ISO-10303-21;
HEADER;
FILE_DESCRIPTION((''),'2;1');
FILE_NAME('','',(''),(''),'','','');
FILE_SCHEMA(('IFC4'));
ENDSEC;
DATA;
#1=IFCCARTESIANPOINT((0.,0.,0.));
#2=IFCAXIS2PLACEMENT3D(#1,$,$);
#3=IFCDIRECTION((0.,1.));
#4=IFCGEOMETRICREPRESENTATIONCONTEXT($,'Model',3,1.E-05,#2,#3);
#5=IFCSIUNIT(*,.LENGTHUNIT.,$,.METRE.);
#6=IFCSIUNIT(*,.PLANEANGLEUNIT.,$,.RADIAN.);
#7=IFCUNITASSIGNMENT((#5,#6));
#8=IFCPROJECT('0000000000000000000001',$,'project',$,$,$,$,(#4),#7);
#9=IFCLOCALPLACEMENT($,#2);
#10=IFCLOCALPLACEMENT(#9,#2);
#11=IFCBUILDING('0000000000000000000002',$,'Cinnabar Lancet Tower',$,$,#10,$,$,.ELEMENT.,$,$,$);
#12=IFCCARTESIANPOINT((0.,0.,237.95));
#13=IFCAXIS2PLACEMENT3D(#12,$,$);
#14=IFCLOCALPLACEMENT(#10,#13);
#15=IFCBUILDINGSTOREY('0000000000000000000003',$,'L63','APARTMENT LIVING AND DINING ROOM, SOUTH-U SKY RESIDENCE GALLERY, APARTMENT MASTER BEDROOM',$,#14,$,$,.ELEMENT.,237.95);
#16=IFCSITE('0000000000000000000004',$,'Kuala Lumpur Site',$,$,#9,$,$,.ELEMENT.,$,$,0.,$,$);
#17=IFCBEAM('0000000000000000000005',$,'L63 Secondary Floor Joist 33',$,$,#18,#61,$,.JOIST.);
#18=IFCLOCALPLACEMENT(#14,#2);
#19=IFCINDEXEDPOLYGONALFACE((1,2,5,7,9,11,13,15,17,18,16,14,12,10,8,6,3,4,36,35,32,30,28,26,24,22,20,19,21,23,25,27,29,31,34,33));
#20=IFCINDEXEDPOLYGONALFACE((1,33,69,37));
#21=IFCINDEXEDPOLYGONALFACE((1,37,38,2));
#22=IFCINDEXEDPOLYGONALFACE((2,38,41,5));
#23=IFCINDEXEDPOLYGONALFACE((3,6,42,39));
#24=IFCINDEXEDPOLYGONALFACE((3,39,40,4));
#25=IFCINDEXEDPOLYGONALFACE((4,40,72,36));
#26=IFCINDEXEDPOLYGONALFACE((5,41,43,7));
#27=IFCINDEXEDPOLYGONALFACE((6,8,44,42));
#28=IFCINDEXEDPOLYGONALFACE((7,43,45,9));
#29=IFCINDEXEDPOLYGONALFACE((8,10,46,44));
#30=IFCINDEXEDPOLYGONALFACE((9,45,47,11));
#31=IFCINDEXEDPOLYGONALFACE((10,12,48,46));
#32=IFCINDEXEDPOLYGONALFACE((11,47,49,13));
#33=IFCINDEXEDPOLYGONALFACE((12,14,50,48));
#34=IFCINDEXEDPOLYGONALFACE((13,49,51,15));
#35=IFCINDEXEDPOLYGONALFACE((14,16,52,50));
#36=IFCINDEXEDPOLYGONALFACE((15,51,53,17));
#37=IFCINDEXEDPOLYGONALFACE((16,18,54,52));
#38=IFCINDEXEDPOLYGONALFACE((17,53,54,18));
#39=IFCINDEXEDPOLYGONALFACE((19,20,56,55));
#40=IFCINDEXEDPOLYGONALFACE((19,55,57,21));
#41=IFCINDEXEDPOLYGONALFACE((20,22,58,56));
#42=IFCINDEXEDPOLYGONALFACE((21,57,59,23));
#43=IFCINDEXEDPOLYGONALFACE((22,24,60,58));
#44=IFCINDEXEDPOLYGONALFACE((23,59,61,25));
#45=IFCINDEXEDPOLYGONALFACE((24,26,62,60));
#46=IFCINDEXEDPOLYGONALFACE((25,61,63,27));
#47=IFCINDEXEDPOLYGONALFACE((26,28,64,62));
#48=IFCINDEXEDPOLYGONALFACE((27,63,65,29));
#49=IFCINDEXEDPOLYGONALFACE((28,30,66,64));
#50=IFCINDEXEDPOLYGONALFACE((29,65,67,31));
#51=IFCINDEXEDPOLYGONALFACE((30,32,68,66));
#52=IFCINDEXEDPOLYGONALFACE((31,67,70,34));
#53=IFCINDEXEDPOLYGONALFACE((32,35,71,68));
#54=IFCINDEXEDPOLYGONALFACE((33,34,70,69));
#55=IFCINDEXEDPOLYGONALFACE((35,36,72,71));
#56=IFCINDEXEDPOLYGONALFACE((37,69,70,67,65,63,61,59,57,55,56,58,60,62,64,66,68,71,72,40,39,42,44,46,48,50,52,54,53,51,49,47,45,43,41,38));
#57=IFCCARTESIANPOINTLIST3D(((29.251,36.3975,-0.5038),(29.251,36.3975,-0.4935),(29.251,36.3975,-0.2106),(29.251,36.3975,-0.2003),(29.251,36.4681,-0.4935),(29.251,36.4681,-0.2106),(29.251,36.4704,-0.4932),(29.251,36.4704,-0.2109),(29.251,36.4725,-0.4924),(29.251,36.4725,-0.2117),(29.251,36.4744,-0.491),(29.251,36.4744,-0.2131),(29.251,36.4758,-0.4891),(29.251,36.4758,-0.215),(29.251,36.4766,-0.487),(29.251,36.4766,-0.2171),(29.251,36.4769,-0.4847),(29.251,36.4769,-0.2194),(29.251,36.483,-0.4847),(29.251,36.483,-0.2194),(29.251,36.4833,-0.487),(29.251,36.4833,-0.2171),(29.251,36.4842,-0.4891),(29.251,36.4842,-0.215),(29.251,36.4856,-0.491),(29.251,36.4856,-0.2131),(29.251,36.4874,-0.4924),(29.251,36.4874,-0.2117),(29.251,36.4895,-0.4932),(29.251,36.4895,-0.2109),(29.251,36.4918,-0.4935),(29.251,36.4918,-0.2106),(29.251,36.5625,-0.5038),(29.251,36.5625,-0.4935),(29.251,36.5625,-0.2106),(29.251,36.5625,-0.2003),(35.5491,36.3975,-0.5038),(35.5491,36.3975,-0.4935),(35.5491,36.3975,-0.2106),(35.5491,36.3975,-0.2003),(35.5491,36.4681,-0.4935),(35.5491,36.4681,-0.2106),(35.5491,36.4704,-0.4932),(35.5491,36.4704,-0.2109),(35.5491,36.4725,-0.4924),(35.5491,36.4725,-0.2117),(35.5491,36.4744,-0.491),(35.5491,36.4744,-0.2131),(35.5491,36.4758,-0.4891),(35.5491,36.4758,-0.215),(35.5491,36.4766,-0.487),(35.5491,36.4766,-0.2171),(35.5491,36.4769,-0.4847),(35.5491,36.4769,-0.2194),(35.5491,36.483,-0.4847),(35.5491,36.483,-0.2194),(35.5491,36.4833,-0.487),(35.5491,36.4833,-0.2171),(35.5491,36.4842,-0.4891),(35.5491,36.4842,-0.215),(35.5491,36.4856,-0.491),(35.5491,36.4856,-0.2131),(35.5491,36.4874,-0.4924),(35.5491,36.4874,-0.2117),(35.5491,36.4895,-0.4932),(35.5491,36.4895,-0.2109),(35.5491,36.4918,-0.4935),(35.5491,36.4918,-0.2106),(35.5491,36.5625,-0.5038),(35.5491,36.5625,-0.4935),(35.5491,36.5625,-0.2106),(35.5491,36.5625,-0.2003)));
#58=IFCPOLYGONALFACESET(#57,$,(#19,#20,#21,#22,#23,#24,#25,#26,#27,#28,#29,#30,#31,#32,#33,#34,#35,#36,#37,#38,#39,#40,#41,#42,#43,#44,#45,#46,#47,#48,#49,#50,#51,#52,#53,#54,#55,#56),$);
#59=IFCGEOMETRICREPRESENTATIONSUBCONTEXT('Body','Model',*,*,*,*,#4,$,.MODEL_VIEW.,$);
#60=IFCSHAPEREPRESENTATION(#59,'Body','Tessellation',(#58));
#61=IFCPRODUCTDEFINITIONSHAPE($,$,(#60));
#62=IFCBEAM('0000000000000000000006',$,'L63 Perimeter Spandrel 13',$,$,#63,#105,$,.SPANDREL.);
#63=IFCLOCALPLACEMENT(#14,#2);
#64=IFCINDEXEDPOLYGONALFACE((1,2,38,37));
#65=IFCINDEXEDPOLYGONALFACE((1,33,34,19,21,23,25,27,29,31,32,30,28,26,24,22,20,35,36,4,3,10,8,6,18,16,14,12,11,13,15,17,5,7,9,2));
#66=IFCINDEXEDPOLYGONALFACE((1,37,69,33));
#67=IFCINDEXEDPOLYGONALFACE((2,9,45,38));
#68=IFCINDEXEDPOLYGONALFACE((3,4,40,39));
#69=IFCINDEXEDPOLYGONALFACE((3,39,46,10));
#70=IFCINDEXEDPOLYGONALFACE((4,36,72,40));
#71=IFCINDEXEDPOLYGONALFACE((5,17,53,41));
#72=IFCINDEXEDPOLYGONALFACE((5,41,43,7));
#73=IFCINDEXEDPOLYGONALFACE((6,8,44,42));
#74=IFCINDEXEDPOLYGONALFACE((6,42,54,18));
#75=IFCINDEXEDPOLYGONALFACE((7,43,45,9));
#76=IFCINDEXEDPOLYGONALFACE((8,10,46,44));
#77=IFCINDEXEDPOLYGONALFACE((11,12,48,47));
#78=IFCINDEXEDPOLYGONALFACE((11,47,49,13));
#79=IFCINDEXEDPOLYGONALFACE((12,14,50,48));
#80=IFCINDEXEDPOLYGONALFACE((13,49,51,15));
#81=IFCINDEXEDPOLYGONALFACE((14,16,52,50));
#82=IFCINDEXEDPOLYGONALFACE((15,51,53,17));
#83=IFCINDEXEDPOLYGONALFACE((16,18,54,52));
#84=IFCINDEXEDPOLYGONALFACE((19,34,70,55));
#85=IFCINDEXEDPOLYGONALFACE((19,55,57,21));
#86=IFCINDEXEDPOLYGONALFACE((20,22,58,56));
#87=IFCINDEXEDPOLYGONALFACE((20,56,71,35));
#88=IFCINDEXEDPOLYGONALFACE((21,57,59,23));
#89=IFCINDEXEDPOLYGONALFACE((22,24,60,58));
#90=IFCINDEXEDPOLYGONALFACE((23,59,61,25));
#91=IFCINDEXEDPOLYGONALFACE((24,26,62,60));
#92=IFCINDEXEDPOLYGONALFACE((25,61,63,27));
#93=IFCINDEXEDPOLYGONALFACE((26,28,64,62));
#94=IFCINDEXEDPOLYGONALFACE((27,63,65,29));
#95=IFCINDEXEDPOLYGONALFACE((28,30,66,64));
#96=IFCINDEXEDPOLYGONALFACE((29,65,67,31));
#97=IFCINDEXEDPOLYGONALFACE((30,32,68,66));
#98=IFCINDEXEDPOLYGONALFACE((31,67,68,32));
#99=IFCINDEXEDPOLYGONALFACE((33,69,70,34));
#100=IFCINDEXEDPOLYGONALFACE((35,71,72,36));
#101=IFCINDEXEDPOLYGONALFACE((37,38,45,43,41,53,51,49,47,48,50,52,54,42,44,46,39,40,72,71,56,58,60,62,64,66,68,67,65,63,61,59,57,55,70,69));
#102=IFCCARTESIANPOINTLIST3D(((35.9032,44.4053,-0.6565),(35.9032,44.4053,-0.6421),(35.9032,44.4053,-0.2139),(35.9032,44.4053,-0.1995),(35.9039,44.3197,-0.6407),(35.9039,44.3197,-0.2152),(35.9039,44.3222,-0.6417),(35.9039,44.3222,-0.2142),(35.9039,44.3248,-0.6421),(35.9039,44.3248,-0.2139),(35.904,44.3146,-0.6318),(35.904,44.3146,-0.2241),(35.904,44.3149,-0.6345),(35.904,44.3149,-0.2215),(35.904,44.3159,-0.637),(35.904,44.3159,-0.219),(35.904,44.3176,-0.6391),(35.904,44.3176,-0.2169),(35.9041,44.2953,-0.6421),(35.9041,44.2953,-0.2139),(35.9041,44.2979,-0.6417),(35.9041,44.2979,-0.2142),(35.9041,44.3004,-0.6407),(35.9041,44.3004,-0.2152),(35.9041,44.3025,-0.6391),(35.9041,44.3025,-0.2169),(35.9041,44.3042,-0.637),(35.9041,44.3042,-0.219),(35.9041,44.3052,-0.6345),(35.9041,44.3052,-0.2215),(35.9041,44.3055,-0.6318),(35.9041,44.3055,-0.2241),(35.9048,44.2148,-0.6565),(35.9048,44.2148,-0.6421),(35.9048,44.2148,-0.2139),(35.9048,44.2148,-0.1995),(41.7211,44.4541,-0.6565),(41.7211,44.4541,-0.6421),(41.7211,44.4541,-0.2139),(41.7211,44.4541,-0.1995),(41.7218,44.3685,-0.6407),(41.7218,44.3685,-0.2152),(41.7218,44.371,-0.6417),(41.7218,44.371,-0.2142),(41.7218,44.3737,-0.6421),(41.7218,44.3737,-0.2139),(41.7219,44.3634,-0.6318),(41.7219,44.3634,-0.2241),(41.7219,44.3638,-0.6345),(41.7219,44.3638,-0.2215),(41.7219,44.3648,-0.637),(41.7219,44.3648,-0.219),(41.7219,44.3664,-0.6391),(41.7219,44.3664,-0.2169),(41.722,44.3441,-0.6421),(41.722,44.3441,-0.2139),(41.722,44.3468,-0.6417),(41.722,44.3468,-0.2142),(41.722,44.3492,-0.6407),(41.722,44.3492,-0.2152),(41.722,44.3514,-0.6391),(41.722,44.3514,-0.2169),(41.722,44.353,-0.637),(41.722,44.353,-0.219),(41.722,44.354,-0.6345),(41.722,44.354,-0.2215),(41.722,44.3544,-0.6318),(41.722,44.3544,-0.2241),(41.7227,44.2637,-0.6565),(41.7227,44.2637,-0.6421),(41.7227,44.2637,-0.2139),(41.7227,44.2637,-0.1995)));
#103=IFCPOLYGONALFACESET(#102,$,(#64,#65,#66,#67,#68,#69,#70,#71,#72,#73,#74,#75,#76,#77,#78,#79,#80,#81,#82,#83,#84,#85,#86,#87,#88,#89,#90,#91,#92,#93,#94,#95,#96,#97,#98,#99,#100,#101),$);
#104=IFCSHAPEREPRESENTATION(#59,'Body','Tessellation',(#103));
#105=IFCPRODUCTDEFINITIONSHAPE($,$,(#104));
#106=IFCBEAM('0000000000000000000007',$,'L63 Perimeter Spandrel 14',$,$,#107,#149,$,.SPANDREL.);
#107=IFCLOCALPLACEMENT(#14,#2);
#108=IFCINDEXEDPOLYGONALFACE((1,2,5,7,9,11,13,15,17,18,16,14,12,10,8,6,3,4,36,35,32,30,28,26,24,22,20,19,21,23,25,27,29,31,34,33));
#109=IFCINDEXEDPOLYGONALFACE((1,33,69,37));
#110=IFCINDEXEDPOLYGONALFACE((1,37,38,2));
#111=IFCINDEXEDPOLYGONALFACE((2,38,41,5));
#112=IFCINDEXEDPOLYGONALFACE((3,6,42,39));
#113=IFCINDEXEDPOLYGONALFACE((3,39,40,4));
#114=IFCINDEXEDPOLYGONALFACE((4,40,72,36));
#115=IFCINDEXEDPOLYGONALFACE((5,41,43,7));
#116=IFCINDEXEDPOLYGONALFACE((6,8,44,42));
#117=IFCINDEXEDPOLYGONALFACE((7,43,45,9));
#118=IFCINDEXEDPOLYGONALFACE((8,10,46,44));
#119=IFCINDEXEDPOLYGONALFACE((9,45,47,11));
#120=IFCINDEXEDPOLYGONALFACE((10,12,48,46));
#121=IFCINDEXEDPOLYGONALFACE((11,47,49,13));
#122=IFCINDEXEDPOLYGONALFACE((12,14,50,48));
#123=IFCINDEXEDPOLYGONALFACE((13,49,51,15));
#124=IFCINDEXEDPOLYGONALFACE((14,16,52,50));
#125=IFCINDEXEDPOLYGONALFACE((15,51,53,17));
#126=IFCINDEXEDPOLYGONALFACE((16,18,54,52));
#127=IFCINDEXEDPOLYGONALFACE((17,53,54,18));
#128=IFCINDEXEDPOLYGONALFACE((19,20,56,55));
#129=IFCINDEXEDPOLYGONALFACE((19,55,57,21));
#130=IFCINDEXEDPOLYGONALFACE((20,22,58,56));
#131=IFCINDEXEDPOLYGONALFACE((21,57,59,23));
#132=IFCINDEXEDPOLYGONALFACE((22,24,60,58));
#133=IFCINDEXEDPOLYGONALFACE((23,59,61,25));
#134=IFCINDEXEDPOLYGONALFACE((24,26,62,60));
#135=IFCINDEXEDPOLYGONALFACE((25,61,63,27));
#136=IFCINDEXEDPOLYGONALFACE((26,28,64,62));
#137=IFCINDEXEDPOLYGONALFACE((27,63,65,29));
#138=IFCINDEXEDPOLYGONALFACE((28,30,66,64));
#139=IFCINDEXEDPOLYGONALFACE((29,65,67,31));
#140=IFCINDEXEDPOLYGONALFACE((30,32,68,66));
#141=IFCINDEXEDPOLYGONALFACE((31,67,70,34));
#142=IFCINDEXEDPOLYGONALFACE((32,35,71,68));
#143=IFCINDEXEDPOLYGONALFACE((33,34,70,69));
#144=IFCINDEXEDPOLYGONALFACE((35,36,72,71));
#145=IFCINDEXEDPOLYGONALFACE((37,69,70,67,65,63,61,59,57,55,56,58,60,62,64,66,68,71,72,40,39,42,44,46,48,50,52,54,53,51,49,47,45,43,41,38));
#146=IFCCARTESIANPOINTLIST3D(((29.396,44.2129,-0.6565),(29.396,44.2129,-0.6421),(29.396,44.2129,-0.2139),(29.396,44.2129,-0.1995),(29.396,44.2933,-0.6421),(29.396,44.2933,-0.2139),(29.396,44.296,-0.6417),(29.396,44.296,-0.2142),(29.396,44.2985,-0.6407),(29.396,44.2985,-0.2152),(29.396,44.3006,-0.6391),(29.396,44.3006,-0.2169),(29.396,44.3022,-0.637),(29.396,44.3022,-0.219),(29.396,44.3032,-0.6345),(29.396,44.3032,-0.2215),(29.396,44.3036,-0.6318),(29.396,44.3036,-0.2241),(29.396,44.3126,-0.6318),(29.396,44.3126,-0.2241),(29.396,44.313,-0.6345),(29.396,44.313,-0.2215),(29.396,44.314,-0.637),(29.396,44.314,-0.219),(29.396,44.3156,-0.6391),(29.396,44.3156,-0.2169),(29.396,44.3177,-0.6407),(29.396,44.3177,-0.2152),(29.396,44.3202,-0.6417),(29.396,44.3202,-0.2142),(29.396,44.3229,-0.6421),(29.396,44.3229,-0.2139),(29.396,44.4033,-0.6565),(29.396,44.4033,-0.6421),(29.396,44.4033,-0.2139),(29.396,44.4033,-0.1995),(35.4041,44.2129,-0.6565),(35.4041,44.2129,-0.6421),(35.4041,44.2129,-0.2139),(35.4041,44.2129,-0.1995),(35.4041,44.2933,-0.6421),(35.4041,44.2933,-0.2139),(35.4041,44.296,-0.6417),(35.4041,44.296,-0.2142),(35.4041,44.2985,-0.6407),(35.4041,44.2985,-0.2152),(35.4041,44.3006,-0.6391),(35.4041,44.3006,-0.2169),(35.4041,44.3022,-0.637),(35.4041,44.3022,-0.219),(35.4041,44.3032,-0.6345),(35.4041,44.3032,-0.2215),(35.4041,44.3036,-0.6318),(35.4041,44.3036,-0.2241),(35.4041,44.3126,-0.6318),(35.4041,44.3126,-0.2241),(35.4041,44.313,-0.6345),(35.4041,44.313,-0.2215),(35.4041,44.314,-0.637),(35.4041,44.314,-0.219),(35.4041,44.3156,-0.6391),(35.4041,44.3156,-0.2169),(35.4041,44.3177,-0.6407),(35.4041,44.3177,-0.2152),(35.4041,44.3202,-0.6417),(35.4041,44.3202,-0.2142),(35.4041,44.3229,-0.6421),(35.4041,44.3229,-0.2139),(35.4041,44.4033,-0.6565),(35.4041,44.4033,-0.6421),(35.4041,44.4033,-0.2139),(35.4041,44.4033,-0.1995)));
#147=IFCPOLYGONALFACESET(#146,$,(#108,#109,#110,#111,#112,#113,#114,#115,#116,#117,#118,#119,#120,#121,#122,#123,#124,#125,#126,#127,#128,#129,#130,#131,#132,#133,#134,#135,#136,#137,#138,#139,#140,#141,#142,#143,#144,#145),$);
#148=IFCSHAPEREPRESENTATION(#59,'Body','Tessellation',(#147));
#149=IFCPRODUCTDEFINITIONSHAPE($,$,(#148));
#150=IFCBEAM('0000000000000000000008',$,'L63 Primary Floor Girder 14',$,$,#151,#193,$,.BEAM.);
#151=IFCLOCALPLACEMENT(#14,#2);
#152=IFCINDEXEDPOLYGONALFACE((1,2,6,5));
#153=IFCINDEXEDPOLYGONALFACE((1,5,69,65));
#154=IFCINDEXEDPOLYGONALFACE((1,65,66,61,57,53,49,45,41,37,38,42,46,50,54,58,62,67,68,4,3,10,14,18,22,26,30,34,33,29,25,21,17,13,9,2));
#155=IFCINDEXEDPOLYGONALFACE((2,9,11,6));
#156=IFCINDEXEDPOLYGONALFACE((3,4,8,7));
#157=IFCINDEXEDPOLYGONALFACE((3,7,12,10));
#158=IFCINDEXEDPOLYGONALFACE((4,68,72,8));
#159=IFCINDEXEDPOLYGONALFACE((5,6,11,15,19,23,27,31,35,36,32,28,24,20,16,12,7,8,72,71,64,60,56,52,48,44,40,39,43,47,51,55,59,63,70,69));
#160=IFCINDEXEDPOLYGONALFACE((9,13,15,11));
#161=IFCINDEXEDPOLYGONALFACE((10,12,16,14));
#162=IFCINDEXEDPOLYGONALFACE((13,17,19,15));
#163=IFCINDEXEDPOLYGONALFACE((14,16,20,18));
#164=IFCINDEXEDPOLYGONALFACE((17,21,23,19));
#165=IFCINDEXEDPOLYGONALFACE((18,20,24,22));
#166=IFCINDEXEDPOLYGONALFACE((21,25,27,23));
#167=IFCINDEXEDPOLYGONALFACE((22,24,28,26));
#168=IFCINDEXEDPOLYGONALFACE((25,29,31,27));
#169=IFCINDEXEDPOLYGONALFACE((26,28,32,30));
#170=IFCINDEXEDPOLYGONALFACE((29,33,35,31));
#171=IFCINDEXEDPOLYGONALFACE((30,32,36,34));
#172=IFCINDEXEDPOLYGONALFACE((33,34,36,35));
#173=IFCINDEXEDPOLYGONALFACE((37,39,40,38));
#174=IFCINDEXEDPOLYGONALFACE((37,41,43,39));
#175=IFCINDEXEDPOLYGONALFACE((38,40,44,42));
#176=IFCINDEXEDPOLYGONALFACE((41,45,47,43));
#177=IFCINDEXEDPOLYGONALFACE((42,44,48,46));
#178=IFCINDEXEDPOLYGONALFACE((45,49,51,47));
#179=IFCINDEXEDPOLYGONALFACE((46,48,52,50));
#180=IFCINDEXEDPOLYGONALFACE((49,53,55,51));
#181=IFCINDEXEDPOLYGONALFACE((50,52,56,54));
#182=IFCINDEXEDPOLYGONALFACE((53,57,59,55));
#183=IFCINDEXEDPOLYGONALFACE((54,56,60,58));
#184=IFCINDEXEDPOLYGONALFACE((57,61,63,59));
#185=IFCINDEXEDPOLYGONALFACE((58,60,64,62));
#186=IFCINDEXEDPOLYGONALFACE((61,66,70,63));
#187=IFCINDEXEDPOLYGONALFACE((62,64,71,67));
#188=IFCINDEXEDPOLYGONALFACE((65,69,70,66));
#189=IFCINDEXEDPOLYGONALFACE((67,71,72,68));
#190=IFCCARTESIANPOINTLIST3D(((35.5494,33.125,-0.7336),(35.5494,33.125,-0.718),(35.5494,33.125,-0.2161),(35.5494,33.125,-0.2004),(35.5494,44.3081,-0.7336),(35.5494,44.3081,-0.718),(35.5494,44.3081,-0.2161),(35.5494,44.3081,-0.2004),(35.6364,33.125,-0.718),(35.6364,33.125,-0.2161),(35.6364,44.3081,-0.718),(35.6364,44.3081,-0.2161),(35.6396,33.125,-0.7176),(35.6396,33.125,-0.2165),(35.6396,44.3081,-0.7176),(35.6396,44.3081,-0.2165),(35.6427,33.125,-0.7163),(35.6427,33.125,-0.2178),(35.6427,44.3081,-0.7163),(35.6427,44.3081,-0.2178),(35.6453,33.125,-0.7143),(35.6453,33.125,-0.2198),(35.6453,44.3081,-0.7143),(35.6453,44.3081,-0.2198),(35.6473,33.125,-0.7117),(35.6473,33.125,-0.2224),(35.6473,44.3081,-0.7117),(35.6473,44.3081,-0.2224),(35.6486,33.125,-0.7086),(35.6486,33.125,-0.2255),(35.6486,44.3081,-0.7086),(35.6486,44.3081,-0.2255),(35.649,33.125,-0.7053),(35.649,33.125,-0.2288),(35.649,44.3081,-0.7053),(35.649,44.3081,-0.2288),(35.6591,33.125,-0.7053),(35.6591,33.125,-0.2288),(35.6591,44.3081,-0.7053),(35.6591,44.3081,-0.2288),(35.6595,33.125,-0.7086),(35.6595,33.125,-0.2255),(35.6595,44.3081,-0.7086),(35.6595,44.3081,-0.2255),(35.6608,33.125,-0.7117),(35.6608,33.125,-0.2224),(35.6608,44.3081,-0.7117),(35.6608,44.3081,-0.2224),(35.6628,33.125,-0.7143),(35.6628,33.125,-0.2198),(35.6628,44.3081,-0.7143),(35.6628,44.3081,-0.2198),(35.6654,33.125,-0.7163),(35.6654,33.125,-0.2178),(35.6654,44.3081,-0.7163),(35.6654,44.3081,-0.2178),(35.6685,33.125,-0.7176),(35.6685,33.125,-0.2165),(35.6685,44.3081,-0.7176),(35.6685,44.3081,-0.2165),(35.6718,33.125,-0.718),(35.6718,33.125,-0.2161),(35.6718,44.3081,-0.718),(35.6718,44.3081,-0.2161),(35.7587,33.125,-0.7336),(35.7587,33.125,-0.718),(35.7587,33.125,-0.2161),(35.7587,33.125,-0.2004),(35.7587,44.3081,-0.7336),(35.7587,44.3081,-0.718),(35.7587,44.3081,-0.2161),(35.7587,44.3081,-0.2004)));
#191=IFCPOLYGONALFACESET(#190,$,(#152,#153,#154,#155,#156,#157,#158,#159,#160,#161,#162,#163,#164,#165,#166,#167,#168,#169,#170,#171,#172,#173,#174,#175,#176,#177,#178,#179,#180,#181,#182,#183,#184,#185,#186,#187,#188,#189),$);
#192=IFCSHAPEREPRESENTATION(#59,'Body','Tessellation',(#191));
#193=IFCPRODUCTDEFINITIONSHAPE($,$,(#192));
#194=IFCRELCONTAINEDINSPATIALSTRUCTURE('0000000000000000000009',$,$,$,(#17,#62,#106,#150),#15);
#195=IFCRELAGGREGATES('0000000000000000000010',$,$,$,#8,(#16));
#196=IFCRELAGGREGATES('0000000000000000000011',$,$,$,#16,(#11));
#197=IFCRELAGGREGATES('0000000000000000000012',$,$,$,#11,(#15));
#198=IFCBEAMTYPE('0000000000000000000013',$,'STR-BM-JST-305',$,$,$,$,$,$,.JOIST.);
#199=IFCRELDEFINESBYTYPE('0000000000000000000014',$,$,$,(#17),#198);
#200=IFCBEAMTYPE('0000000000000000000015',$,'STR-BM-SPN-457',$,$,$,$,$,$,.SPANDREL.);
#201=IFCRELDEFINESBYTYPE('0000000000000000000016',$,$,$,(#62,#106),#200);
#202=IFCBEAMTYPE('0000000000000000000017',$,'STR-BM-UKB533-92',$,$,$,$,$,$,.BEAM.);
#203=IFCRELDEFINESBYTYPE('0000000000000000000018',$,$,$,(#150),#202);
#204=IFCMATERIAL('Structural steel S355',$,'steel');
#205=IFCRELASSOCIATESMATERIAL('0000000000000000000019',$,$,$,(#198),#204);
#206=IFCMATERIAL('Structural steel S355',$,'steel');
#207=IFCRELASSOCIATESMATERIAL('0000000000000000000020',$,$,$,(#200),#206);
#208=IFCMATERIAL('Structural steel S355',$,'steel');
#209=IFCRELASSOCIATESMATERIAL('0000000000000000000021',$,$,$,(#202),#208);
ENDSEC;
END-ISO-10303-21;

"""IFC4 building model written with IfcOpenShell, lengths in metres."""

from ifc_helpers import new_model, si_unit, direction, frame, origin, origin_2d, place, context, subcontext, project, spatial, i_section, extrude, material, material_profile, profile_set, type_object, element, save


model = new_model("IFC4")

# Units and contexts
model_context = context("Model", 3, precision=1e-05, world=origin(), true_north=direction((0.0, 1.0)))
body_context = subcontext(model_context, "Body", "Model", "MODEL_VIEW")
ifc_project = project(units=[si_unit("LENGTHUNIT", "METRE"), si_unit("PLANEANGLEUNIT", "RADIAN")], contexts=[model_context])

# Site, building, storey
site_placement = place(None, origin())
site = spatial("IfcSite", under=ifc_project, at=site_placement, Name="Kuala Lumpur Site", CompositionType="ELEMENT", RefElevation=0.0)
building_placement = place(site_placement, origin())
building = spatial("IfcBuilding", under=site, at=building_placement, Name="Cinnabar Lancet Tower", CompositionType="ELEMENT")
storey_placement = place(building_placement, frame((0.0, 0.0, 237.95)))
storey = spatial("IfcBuildingStorey", under=building, at=storey_placement, Name="L63", Description="APARTMENT LIVING AND DINING ROOM, SOUTH-U SKY RESIDENCE GALLERY, APARTMENT MASTER BEDROOM", CompositionType="ELEMENT", Elevation=237.95)

# Beams
ifc_material_1 = material(Name="Structural steel S355", Category="steel")
ifc_material_profile_1 = material_profile(ifc_material_1, i_section(OverallWidth=0.165, OverallDepth=0.3035, WebThickness=0.0061, FlangeThickness=0.0103, FilletRadius=0.0088, at=origin_2d()), Name="UKB 305x165x40")
ifc_profile_set_1 = profile_set([ifc_material_profile_1], Name="Structural steel S355")
beam_type_1 = type_object("IfcBeamType", Name="STR-BM-JST-305", PredefinedType="JOIST", material=ifc_profile_set_1)
for number, where, z_axis, x_axis, name in (
    (1, (35.5491, 36.48, -0.3521), (-1.0, 0.0, 0.0), (0.0, -1.0, 0.0), "L63 Secondary Floor Joist 33"),
):
    element("IfcBeam", number, at=place(storey_placement, frame(where, z_axis=z_axis, x_axis=x_axis)), inside=storey, type_object=beam_type_1, Name=name, PredefinedType="JOIST", context=body_context, shape_type="SweptSolid", body=[
        extrude(i_section(OverallWidth=0.165, OverallDepth=0.3035, WebThickness=0.0061, FlangeThickness=0.0103, FilletRadius=0.0088, at=origin_2d()), origin(), (0.0, 0.0, 1.0), 6.2981),
    ])
ifc_material_2 = material(Name="Structural steel S355", Category="steel")
ifc_material_profile_2 = material_profile(ifc_material_2, i_section(OverallWidth=0.1904, OverallDepth=0.457, WebThickness=0.009, FlangeThickness=0.0144, FilletRadius=0.0103, at=origin_2d()), Name="UKB 457x191x74")
ifc_profile_set_2 = profile_set([ifc_material_profile_2], Name="Structural steel S355")
beam_type_2 = type_object("IfcBeamType", Name="STR-BM-SPN-457", PredefinedType="SPANDREL", material=ifc_profile_set_2)
beam_1_placement = place(storey_placement, frame((41.7219, 44.3589, -0.428), z_axis=(-0.999965, -0.008392, 0.0), x_axis=(0.008392, -0.999965, 0.0)))
element("IfcBeam", 2, at=beam_1_placement, inside=storey, type_object=beam_type_2, Name="L63 Perimeter Spandrel 13", PredefinedType="SPANDREL", context=body_context, shape_type="SweptSolid", body=[
    extrude(i_section(OverallWidth=0.1904, OverallDepth=0.457, WebThickness=0.009, FlangeThickness=0.0144, FilletRadius=0.0103, at=origin_2d()), origin(), (0.0, 0.0, 1.0), 5.8181),
])
beam_2_placement = place(storey_placement, frame((35.4041, 44.3081, -0.428), z_axis=(-1.0, 0.0, 0.0), x_axis=(0.0, -1.0, 0.0)))
element("IfcBeam", 3, at=beam_2_placement, inside=storey, type_object=beam_type_2, Name="L63 Perimeter Spandrel 14", PredefinedType="SPANDREL", context=body_context, shape_type="SweptSolid", body=[
    extrude(i_section(OverallWidth=0.1904, OverallDepth=0.457, WebThickness=0.009, FlangeThickness=0.0144, FilletRadius=0.0103, at=origin_2d()), origin(), (0.0, 0.0, 1.0), 6.0081),
])
ifc_material_3 = material(Name="Structural steel S355", Category="steel")
ifc_material_profile_3 = material_profile(ifc_material_3, i_section(OverallWidth=0.2092, OverallDepth=0.5332, WebThickness=0.01, FlangeThickness=0.0156, FilletRadius=0.0127, at=origin_2d()), Name="UKB 533x210x92")
ifc_profile_set_3 = profile_set([ifc_material_profile_3], Name="Structural steel S355")
beam_type_3 = type_object("IfcBeamType", Name="STR-BM-UKB533-92", PredefinedType="BEAM", material=ifc_profile_set_3)
beam_3_placement = place(storey_placement, frame((35.6541, 44.3081, -0.467), z_axis=(0.0, -1.0, 0.0), x_axis=(1.0, 0.0, 0.0)))
element("IfcBeam", 4, at=beam_3_placement, inside=storey, type_object=beam_type_3, Name="L63 Primary Floor Girder 14", PredefinedType="BEAM", context=body_context, shape_type="SweptSolid", body=[
    extrude(i_section(OverallWidth=0.2092, OverallDepth=0.5332, WebThickness=0.01, FlangeThickness=0.0156, FilletRadius=0.0127, at=origin_2d()), origin(), (0.0, 0.0, 1.0), 11.1831),
])

save(model, "model.ifc")
